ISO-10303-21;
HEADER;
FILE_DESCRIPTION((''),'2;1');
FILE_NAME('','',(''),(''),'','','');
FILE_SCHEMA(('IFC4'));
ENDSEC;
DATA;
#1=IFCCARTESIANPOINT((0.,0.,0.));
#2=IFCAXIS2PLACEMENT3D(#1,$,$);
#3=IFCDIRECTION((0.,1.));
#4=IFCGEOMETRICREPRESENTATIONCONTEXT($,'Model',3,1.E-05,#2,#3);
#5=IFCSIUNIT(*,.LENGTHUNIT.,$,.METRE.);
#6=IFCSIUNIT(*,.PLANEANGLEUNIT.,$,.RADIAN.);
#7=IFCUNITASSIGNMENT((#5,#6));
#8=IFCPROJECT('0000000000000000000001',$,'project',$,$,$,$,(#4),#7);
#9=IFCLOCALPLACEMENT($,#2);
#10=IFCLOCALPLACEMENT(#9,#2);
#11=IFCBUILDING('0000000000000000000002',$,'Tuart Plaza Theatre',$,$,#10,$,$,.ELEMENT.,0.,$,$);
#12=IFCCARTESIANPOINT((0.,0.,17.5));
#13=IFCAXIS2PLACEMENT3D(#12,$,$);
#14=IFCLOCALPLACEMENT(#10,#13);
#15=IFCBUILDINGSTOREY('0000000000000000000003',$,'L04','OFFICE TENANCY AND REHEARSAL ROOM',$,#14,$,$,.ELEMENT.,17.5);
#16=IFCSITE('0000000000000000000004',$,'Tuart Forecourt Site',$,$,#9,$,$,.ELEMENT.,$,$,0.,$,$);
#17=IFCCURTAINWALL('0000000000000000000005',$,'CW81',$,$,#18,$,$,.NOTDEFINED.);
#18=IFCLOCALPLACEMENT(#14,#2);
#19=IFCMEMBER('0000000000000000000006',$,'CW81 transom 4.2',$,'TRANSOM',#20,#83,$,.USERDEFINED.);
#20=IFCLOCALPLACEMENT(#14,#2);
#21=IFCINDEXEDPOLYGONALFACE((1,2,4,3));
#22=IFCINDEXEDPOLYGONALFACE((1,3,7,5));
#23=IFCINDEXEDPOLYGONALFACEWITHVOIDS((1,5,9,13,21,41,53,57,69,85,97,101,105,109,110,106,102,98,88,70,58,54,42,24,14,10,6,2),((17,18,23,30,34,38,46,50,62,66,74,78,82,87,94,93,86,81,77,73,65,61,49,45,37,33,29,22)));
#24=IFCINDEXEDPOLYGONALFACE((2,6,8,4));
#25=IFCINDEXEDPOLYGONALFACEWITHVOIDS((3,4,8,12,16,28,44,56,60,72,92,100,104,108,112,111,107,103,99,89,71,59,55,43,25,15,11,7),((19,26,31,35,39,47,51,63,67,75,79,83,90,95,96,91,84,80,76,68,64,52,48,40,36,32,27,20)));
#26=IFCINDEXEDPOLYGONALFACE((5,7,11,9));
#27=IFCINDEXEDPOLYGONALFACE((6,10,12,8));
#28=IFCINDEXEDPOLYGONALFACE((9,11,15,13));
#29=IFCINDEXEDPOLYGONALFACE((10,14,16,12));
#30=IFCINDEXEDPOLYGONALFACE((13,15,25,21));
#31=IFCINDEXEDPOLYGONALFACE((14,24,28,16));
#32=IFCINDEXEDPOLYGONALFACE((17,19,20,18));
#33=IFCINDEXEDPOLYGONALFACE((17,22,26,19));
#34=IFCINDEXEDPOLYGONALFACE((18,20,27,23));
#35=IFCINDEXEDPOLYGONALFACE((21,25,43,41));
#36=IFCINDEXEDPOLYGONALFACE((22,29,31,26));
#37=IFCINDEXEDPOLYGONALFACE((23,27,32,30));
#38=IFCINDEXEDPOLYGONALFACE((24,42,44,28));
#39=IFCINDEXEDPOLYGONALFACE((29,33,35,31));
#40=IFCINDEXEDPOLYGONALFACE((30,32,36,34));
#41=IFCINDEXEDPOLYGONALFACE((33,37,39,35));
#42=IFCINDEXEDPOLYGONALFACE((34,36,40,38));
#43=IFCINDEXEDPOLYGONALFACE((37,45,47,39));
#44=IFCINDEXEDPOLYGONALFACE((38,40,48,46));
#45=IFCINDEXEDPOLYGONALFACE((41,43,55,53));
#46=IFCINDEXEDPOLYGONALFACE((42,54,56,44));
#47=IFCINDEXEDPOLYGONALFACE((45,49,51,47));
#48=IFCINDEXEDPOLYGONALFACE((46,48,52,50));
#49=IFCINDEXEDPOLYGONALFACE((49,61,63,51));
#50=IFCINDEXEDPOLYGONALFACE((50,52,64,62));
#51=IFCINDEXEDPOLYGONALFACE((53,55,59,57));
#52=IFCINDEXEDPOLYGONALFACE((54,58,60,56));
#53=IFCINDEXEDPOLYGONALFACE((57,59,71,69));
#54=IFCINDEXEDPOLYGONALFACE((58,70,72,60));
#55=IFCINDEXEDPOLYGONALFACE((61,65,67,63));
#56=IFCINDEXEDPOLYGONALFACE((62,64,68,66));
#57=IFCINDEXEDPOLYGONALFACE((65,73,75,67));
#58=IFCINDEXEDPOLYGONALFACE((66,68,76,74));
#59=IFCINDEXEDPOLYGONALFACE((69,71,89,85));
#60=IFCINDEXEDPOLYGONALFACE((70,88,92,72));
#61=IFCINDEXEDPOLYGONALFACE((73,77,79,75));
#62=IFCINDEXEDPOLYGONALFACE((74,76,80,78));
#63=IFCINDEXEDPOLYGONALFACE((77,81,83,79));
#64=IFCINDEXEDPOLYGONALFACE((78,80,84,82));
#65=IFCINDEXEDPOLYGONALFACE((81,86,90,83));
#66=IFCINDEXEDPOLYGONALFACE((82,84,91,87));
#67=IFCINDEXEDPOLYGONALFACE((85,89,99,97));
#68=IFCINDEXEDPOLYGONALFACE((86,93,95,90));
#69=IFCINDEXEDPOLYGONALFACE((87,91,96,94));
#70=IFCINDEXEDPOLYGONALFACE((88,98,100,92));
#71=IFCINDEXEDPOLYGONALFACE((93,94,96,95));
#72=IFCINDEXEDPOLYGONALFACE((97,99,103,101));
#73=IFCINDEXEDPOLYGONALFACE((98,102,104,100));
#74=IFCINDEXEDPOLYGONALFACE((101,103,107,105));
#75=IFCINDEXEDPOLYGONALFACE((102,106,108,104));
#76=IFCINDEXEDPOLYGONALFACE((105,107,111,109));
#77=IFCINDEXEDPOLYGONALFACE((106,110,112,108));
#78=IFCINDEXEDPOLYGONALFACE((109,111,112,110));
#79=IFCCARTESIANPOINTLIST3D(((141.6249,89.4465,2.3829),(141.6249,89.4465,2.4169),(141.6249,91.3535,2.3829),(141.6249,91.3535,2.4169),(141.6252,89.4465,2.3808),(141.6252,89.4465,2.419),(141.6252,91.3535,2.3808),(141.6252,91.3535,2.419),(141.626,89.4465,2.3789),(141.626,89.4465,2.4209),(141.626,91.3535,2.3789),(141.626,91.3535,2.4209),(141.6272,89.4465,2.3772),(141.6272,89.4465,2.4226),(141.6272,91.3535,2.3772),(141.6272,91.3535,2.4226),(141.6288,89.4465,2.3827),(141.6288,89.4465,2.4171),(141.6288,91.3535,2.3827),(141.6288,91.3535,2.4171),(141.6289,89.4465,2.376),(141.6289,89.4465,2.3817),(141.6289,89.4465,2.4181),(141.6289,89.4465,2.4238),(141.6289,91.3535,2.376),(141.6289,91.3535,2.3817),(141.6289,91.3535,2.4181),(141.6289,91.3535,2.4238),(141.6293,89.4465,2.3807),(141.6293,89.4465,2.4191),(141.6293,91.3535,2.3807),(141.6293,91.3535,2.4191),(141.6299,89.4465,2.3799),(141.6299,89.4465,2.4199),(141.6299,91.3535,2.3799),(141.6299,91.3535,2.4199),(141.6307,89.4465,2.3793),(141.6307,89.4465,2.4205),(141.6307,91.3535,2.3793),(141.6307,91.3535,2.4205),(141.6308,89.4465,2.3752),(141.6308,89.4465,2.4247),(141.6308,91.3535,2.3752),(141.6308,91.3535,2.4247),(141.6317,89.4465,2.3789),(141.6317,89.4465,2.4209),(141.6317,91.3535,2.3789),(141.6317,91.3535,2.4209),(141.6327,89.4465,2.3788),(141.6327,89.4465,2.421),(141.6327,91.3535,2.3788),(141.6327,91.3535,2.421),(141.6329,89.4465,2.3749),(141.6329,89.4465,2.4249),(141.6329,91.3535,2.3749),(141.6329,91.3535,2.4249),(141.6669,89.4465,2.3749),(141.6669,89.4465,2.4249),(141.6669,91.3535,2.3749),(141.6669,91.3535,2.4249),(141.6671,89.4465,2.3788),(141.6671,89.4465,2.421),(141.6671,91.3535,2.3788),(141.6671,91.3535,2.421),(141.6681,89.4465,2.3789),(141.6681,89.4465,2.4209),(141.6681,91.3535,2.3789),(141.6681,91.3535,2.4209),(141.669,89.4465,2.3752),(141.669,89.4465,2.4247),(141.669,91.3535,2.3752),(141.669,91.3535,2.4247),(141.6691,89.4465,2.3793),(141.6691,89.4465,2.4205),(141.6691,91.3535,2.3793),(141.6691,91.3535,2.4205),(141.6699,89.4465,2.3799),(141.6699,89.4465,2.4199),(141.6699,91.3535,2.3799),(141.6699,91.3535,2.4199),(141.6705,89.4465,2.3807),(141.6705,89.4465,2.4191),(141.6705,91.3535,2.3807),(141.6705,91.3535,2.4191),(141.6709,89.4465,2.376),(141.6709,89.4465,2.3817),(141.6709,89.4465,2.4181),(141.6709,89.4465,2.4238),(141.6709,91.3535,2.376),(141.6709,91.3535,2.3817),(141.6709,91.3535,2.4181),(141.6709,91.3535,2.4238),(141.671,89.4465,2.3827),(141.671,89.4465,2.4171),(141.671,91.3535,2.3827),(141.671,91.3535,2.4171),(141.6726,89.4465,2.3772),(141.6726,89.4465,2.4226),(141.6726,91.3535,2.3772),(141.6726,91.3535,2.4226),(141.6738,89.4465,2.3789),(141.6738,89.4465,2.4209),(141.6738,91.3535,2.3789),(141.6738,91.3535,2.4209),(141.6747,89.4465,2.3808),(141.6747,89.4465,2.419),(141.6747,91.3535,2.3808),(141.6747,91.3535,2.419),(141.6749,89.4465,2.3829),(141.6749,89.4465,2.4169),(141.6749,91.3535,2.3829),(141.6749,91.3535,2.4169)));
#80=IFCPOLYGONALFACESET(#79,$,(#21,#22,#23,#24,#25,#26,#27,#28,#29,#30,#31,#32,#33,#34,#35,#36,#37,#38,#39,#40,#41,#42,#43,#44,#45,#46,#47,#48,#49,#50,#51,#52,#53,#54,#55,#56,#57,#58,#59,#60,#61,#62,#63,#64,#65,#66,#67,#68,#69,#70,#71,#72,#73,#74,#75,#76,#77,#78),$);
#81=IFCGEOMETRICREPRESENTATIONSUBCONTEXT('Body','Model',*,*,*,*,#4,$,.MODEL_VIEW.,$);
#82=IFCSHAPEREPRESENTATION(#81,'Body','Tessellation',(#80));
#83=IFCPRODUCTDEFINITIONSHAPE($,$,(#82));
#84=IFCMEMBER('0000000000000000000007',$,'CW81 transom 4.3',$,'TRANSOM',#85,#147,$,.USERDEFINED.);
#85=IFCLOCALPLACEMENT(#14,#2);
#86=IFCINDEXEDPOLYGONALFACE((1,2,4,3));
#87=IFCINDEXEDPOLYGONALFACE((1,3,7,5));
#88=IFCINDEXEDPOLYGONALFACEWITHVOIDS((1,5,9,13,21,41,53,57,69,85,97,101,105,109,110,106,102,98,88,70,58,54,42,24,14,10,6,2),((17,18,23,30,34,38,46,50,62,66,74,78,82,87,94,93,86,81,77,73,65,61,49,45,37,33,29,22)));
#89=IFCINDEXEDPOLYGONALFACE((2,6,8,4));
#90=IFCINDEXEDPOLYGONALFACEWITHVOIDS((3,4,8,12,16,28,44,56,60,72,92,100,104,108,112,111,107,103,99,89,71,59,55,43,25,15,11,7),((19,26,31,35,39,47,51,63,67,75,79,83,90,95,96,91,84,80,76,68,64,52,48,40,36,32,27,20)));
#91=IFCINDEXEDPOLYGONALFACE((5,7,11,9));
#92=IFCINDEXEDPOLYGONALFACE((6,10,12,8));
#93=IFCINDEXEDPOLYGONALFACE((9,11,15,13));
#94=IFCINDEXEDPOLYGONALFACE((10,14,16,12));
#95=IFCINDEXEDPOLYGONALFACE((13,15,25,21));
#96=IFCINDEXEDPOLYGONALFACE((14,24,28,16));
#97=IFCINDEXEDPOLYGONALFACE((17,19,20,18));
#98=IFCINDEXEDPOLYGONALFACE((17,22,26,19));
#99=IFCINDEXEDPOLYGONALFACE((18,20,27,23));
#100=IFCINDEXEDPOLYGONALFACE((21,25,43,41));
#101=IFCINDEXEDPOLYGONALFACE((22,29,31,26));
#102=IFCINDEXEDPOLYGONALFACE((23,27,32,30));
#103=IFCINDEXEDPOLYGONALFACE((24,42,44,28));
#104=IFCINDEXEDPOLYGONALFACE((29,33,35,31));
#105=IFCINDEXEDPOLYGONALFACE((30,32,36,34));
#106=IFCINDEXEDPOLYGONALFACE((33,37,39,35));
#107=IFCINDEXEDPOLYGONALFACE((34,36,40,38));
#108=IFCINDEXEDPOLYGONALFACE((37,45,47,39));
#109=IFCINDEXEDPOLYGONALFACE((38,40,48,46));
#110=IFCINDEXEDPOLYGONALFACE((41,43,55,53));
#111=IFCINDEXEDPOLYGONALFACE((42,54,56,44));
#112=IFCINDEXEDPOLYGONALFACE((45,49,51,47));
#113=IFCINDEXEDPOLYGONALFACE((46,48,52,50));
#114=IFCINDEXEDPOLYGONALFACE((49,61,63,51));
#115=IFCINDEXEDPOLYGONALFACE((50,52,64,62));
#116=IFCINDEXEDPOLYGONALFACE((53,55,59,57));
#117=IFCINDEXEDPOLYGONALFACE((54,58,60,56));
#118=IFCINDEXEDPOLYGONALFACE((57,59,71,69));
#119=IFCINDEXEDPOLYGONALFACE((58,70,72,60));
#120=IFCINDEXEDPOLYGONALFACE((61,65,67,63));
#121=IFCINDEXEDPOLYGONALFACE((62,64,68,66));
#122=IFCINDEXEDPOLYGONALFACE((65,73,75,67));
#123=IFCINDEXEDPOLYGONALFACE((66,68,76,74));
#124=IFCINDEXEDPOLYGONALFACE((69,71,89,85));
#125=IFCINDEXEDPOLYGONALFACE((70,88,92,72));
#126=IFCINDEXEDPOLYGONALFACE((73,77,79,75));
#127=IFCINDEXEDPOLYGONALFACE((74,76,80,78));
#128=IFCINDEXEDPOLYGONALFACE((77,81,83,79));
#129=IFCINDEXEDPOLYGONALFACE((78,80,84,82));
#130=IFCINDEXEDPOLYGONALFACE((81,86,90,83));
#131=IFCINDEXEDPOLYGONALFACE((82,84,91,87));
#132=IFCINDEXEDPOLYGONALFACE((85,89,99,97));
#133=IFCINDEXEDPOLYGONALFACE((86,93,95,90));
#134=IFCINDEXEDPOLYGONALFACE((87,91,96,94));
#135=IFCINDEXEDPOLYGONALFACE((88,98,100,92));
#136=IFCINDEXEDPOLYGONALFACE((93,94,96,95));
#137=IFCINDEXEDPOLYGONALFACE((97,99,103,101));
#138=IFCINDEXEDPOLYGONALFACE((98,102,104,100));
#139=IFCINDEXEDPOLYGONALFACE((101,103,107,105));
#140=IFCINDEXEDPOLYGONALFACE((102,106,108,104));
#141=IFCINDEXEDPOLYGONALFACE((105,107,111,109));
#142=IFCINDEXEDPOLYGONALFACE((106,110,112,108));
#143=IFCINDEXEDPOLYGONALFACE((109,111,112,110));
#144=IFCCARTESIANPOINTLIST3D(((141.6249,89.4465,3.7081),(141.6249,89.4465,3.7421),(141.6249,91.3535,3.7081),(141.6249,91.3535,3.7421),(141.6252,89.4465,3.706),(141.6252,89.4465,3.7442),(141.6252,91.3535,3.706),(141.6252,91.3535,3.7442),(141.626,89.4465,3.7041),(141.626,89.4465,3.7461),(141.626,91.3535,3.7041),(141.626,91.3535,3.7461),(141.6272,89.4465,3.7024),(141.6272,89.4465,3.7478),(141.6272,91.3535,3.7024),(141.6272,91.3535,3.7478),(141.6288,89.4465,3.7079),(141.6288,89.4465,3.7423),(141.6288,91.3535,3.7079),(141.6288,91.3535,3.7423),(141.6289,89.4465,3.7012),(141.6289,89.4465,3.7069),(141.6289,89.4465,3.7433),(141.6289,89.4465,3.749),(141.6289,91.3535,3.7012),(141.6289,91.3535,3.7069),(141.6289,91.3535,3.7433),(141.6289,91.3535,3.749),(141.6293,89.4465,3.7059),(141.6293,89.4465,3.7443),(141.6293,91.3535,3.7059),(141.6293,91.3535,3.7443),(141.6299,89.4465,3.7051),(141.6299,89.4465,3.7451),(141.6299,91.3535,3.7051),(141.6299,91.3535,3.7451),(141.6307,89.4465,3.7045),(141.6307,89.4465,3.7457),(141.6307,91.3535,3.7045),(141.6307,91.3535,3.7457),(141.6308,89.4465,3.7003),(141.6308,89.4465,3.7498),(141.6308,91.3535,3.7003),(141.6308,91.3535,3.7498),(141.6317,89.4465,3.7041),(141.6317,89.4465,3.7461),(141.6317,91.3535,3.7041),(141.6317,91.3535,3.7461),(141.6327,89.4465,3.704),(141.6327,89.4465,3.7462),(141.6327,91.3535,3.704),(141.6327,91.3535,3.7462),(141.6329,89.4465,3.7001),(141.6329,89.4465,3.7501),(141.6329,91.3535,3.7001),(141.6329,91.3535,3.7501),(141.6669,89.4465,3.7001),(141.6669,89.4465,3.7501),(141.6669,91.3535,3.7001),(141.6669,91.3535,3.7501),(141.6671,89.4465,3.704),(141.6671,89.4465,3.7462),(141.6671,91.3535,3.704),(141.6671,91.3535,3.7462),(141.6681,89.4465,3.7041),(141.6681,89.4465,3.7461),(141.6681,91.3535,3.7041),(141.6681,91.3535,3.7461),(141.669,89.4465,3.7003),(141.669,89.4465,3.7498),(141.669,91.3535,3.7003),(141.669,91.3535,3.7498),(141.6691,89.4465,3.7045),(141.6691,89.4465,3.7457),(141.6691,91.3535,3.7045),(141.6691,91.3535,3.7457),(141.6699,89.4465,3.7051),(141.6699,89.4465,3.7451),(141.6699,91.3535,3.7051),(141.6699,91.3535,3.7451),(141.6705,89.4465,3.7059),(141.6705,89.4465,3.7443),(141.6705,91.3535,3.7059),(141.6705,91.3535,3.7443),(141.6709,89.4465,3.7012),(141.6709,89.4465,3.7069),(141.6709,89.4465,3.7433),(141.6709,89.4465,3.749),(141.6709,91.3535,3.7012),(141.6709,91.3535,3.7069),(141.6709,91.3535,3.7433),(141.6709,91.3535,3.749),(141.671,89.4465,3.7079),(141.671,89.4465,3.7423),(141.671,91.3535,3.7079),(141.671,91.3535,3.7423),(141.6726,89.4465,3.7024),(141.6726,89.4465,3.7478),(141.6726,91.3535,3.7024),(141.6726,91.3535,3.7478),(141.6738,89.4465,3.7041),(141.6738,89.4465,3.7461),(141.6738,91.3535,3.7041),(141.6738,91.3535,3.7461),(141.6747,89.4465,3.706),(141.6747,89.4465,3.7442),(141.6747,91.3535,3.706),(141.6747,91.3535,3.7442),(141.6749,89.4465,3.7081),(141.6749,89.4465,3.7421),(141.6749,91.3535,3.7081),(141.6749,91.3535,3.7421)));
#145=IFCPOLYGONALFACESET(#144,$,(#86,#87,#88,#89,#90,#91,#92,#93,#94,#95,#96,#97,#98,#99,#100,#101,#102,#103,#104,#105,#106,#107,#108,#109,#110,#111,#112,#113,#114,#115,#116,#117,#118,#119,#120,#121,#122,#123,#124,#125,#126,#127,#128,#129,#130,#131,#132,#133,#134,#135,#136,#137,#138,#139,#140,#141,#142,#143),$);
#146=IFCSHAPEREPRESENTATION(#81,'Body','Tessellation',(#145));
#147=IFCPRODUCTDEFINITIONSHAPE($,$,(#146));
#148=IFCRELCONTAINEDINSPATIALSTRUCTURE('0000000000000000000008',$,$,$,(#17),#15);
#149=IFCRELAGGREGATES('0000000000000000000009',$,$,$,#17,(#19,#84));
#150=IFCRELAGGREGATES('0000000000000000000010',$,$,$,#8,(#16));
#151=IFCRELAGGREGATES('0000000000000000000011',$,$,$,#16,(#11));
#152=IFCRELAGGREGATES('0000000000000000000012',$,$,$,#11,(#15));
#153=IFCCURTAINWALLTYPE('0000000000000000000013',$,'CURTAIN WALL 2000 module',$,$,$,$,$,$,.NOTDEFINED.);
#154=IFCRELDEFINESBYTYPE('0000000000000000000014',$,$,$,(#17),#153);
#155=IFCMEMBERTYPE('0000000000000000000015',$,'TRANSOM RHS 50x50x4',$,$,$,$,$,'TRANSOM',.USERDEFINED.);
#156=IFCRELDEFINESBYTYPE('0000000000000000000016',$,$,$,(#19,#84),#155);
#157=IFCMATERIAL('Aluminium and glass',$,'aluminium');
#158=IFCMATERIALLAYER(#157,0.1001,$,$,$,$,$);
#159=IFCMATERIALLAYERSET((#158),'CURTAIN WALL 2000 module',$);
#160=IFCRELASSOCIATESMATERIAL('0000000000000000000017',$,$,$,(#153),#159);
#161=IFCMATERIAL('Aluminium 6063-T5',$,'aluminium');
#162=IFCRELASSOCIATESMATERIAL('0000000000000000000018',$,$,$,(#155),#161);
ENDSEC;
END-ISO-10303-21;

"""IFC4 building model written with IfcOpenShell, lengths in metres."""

from ifc_helpers import new_model, si_unit, direction, frame, origin, origin_2d, place, context, subcontext, project, spatial, hollow_rectangle, extrude, material, layer, layer_set, material_profile, profile_set, type_object, element, aggregate, save


model = new_model("IFC4")

# Units and contexts
model_context = context("Model", 3, precision=1e-05, world=origin(), true_north=direction((0.0, 1.0)))
body_context = subcontext(model_context, "Body", "Model", "MODEL_VIEW")
ifc_project = project(units=[si_unit("LENGTHUNIT", "METRE"), si_unit("PLANEANGLEUNIT", "RADIAN")], contexts=[model_context])

# Site, building, storey
site_placement = place(None, origin())
site = spatial("IfcSite", under=ifc_project, at=site_placement, Name="Tuart Forecourt Site", CompositionType="ELEMENT", RefElevation=0.0)
building_placement = place(site_placement, origin())
building = spatial("IfcBuilding", under=site, at=building_placement, Name="Tuart Plaza Theatre", CompositionType="ELEMENT", ElevationOfRefHeight=0.0)
storey_placement = place(building_placement, frame((0.0, 0.0, 17.5)))
storey = spatial("IfcBuildingStorey", under=building, at=storey_placement, Name="L04", Description="OFFICE TENANCY AND REHEARSAL ROOM", CompositionType="ELEMENT", Elevation=17.5)

# Curtain wall, members
ifc_material_1 = material(Name="Aluminium and glass", Category="aluminium")
ifc_layer_1 = layer(ifc_material_1, 0.1001)
ifc_layer_set_1 = layer_set([ifc_layer_1], Name="CURTAIN WALL 2000 module")
curtain_wall_type = type_object("IfcCurtainWallType", Name="CURTAIN WALL 2000 module", PredefinedType="NOTDEFINED", material=ifc_layer_set_1)
curtain_wall_placement = place(storey_placement, origin())
curtain_wall = element("IfcCurtainWall", 1, at=curtain_wall_placement, inside=storey, type_object=curtain_wall_type, Name="CW81", PredefinedType="NOTDEFINED")
ifc_material_2 = material(Name="Aluminium 6063-T5", Category="aluminium")
ifc_material_profile_1 = material_profile(ifc_material_2, hollow_rectangle(XDim=0.05, YDim=0.05, WallThickness=0.0039, InnerFilletRadius=0.0039, OuterFilletRadius=0.0081, at=origin_2d()), Name="RHS 50x50x4")
ifc_profile_set_1 = profile_set([ifc_material_profile_1], Name="Aluminium 6063-T5")
member_type_1 = type_object("IfcMemberType", Name="TRANSOM RHS 50x50x4", ElementType="TRANSOM", PredefinedType="USERDEFINED", material=ifc_profile_set_1)
member_1_placement = place(storey_placement, frame((141.6499, 89.4465, 2.3999), z_axis=(0.0, 1.0, 0.0), x_axis=(-1.0, 0.0, 0.0)))
member_1 = element("IfcMember", 2, at=member_1_placement, type_object=member_type_1, Name="CW81 transom 4.2", ObjectType="TRANSOM", PredefinedType="USERDEFINED", context=body_context, shape_type="SweptSolid", body=[
    extrude(hollow_rectangle(XDim=0.05, YDim=0.05, WallThickness=0.0039, InnerFilletRadius=0.0039, OuterFilletRadius=0.0081, at=origin_2d()), origin(), (0.0, 0.0, 1.0), 1.907),
])
member_2_placement = place(storey_placement, frame((141.6499, 89.4465, 3.7251), z_axis=(0.0, 1.0, 0.0), x_axis=(-1.0, 0.0, 0.0)))
member_2 = element("IfcMember", 3, at=member_2_placement, type_object=member_type_1, Name="CW81 transom 4.3", ObjectType="TRANSOM", PredefinedType="USERDEFINED", context=body_context, shape_type="SweptSolid", body=[
    extrude(hollow_rectangle(XDim=0.05, YDim=0.05, WallThickness=0.0039, InnerFilletRadius=0.0039, OuterFilletRadius=0.0081, at=origin_2d()), origin(), (0.0, 0.0, 1.0), 1.907),
])
aggregate(curtain_wall, [member_1, member_2])

save(model, "model.ifc")
